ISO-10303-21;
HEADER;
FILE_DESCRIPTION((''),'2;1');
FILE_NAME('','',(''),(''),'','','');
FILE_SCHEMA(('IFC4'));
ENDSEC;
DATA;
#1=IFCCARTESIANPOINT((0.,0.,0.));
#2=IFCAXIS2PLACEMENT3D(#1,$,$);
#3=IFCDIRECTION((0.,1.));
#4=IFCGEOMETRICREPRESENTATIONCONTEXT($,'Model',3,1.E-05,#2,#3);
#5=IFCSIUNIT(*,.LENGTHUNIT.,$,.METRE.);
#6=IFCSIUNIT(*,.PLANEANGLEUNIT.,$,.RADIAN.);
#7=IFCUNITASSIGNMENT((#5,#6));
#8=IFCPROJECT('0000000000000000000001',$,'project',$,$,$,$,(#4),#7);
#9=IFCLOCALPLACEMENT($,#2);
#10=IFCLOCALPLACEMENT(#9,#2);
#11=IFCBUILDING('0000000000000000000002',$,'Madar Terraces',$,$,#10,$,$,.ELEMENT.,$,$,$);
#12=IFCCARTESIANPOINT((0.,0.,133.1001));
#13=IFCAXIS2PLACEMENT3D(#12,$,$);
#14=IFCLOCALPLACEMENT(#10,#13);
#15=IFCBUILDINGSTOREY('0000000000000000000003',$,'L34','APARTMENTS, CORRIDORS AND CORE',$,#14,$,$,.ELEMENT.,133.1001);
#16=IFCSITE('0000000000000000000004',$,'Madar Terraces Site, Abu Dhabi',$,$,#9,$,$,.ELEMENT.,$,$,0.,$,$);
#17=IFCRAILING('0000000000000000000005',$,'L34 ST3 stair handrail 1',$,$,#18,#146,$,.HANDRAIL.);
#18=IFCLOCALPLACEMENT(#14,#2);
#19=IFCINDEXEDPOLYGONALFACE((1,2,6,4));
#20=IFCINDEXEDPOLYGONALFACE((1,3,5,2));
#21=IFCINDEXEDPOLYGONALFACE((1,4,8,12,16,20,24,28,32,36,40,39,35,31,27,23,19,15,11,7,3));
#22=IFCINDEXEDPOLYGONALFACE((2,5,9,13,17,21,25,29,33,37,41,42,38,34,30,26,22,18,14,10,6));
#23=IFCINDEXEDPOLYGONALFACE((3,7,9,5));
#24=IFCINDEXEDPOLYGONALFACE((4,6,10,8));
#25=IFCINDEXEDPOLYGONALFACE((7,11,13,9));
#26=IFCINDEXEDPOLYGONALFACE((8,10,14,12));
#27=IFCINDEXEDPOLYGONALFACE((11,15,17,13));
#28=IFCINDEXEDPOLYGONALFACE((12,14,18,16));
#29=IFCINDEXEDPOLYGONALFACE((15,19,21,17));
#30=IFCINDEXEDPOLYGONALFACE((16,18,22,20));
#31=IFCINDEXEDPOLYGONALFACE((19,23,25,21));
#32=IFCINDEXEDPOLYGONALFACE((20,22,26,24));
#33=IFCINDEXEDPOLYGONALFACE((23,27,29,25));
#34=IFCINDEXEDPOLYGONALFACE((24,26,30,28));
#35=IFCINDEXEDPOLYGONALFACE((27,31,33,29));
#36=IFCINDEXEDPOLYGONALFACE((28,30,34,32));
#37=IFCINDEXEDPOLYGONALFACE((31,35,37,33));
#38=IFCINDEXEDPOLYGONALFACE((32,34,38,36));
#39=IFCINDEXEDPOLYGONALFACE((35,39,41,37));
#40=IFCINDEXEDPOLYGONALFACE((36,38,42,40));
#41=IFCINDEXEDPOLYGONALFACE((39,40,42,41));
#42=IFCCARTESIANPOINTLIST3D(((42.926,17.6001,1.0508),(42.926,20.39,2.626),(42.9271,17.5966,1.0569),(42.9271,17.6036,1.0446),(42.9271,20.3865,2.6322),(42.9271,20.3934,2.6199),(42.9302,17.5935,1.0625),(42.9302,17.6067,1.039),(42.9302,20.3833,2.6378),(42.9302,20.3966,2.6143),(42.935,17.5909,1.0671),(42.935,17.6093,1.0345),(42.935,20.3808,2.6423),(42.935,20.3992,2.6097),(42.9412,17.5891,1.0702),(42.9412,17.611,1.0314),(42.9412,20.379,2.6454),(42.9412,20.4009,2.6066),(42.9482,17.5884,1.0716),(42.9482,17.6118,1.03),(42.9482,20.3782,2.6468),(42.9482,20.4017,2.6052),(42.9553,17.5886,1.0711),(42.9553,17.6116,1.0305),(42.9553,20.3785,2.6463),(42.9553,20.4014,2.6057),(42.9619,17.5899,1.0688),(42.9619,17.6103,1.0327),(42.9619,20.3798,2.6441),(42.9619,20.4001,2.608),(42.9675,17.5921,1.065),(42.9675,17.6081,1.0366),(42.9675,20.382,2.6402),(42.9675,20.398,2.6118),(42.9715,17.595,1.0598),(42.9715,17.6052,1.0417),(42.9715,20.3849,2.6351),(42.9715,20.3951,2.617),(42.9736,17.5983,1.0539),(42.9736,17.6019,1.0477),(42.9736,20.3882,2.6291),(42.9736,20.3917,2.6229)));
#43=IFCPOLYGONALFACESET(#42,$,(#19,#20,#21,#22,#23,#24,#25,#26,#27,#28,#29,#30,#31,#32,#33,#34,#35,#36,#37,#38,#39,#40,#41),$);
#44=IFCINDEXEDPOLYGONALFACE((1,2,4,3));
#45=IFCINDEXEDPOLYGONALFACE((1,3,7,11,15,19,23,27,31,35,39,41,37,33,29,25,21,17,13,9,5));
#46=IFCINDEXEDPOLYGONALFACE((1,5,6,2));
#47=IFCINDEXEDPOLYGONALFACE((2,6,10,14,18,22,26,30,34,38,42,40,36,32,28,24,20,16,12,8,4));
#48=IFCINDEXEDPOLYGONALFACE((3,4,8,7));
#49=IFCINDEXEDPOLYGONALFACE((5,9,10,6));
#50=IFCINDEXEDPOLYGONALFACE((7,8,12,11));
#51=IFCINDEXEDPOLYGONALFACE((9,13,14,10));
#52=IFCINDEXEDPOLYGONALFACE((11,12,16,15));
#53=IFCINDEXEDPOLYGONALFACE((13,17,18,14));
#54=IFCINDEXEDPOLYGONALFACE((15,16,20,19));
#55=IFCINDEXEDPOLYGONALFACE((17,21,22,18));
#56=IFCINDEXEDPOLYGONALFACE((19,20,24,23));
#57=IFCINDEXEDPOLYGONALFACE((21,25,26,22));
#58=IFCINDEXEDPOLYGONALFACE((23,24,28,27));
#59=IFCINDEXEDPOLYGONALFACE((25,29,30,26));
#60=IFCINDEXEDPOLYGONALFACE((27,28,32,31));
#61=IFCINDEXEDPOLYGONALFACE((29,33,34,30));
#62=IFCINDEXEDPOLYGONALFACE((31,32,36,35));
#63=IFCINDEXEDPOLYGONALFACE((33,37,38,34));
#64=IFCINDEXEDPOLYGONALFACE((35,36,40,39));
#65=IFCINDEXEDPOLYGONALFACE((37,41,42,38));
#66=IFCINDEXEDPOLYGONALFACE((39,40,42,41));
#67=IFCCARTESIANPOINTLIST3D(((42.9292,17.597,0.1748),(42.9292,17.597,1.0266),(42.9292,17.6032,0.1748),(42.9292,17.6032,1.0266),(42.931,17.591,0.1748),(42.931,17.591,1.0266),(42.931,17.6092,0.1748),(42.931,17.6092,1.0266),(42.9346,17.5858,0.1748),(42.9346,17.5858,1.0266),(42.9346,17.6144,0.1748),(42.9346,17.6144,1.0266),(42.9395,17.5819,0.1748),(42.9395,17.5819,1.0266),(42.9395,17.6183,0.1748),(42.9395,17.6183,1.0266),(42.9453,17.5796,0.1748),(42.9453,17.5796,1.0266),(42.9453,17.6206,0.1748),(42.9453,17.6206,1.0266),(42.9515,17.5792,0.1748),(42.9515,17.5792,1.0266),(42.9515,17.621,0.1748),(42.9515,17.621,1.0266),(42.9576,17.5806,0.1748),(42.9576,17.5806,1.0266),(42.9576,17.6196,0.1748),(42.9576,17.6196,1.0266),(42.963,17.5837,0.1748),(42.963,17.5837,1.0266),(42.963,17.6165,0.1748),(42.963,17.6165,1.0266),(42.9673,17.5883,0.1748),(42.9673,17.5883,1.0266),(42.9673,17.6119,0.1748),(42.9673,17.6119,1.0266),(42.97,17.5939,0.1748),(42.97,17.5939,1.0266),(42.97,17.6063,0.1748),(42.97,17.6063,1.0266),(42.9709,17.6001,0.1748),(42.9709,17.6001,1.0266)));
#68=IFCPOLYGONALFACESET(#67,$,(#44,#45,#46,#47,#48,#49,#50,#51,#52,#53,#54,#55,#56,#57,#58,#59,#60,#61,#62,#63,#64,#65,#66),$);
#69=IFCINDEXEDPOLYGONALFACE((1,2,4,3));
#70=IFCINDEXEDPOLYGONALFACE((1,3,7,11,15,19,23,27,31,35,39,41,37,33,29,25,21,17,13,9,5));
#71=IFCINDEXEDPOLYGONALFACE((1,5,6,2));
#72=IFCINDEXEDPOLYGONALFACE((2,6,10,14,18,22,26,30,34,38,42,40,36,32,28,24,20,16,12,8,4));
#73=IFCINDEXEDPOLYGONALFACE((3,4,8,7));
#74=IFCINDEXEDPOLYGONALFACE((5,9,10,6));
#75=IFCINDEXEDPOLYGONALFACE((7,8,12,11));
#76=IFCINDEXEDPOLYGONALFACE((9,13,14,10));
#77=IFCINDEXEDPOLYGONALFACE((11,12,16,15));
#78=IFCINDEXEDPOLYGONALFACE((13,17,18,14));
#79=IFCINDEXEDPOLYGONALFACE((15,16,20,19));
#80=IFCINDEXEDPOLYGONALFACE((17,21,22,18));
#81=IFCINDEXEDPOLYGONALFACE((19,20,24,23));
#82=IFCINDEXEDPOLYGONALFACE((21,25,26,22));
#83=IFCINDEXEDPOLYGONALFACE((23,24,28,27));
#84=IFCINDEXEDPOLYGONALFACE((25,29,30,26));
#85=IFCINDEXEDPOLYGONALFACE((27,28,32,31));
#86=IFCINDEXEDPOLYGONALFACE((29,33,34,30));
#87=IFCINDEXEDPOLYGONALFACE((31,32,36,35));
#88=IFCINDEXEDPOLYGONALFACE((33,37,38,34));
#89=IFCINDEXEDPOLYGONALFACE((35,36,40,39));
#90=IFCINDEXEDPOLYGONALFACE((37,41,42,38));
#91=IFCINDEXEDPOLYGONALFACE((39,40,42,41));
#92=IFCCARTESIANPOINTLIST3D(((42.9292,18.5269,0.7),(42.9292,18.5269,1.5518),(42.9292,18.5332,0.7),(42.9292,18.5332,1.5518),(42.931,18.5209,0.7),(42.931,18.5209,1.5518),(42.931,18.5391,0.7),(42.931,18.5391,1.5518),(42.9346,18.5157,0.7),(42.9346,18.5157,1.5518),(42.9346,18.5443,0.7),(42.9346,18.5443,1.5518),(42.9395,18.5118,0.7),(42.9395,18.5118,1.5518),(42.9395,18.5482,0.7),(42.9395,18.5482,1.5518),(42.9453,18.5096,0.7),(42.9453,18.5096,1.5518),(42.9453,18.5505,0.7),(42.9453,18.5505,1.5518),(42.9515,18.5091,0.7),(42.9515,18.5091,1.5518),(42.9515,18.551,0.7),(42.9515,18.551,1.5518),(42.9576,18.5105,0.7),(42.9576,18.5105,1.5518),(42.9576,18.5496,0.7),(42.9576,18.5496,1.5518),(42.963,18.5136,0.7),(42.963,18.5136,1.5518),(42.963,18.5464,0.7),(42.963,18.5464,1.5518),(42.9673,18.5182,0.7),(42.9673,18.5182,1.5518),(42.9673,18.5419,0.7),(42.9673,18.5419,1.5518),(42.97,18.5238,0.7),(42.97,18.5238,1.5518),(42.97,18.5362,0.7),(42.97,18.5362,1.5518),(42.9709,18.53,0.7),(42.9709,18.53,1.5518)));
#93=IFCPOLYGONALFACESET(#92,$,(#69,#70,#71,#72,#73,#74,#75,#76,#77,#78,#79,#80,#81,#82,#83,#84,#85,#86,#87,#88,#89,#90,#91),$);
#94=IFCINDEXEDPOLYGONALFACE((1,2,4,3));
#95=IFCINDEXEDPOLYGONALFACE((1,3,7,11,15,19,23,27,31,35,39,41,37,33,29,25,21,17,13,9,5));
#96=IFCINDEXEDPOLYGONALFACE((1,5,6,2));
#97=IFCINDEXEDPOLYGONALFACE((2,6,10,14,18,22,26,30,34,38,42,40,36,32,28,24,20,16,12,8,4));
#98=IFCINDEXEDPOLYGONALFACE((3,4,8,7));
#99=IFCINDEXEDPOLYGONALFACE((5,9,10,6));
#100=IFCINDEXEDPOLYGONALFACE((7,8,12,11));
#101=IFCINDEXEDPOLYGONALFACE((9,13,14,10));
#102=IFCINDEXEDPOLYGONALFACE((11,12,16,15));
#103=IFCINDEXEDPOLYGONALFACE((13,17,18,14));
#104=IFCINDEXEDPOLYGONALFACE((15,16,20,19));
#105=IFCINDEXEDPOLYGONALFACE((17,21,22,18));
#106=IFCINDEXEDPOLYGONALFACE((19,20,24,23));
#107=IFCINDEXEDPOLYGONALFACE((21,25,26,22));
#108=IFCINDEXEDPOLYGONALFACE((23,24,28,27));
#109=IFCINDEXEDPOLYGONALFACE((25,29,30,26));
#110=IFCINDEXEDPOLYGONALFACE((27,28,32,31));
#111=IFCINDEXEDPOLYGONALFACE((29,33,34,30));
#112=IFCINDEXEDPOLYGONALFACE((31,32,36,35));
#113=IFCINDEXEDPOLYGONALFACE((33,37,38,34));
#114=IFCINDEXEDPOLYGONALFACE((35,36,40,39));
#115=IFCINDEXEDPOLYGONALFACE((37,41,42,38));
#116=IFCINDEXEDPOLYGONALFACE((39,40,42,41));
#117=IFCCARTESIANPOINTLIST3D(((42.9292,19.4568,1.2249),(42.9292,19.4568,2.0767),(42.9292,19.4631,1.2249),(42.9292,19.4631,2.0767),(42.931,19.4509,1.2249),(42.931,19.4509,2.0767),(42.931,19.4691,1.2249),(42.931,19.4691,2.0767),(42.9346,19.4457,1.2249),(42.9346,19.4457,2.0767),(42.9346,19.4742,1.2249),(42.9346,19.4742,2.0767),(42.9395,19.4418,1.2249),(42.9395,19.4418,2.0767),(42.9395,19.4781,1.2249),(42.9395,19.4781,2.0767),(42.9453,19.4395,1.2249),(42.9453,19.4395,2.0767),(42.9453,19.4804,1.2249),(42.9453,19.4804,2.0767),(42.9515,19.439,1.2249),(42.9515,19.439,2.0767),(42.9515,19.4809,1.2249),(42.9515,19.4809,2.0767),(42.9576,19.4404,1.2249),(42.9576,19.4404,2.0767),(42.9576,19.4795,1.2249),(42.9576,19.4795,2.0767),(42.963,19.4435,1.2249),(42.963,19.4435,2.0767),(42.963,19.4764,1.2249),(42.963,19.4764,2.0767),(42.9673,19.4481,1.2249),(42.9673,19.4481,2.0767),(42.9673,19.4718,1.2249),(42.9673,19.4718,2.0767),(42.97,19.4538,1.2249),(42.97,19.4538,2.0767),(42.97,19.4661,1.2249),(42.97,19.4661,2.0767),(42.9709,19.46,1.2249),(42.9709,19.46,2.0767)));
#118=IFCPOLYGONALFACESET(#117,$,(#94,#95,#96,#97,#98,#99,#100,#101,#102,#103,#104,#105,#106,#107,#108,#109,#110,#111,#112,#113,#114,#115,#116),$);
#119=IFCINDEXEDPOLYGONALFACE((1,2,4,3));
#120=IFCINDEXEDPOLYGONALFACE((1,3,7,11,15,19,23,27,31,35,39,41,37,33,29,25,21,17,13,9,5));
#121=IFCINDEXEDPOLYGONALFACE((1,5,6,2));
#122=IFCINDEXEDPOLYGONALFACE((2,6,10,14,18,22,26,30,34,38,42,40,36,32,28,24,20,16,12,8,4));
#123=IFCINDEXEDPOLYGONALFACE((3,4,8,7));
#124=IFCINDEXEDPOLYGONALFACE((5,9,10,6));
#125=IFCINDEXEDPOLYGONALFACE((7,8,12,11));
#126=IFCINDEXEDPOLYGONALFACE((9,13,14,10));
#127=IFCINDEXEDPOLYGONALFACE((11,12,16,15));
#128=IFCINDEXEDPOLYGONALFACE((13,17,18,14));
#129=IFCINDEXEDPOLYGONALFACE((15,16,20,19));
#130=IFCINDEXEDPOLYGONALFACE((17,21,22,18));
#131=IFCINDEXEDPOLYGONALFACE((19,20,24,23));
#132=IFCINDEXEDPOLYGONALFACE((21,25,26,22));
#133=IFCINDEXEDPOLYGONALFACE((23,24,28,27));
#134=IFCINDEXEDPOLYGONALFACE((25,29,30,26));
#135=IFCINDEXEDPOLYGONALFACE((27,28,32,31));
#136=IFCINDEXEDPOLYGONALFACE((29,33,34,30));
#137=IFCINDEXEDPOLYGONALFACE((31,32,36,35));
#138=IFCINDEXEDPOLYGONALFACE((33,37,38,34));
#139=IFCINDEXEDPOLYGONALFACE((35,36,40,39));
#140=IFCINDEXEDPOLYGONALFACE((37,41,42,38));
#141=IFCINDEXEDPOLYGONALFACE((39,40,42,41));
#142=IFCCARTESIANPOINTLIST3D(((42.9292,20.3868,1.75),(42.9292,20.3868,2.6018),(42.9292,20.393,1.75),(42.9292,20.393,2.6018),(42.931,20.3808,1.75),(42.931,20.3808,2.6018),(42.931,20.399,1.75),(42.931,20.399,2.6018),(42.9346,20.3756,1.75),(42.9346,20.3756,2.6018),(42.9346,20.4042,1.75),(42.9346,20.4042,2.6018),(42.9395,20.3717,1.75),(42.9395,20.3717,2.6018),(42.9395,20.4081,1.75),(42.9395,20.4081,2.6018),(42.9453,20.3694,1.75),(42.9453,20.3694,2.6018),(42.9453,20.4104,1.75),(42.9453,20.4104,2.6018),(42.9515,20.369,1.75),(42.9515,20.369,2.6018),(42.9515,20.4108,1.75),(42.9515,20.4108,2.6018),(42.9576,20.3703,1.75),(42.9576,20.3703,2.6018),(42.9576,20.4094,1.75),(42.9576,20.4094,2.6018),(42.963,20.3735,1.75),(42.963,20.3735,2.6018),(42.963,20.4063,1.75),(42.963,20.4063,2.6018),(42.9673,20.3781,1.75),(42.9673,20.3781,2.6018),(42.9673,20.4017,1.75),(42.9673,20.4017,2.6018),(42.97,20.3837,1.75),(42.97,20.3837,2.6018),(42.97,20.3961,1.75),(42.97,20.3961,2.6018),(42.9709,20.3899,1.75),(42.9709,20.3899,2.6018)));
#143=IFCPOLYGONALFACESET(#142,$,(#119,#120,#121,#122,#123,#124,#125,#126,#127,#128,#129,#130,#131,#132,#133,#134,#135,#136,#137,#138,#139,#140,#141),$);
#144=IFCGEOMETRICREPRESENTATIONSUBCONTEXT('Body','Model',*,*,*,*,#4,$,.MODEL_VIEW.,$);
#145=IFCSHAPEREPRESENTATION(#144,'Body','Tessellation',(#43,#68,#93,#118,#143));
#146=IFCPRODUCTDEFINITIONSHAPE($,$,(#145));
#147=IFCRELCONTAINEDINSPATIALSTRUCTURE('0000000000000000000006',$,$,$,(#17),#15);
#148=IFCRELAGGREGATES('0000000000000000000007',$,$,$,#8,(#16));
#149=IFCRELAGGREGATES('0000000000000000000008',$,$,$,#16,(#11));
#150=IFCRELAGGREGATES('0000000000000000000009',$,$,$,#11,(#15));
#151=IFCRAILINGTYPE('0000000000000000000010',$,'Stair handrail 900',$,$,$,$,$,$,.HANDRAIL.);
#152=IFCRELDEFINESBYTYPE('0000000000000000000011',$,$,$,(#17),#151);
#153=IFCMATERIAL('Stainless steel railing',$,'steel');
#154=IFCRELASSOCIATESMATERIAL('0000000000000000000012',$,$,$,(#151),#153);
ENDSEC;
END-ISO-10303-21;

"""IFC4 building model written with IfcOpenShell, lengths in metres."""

from ifc_helpers import new_model, si_unit, direction, frame, origin, origin_2d, place, context, subcontext, project, spatial, circle, extrude, material, type_object, element, save


model = new_model("IFC4")

# Units and contexts
model_context = context("Model", 3, precision=1e-05, world=origin(), true_north=direction((0.0, 1.0)))
body_context = subcontext(model_context, "Body", "Model", "MODEL_VIEW")
ifc_project = project(units=[si_unit("LENGTHUNIT", "METRE"), si_unit("PLANEANGLEUNIT", "RADIAN")], contexts=[model_context])

# Site, building, storey
site_placement = place(None, origin())
site = spatial("IfcSite", under=ifc_project, at=site_placement, Name="Madar Terraces Site, Abu Dhabi", CompositionType="ELEMENT", RefElevation=0.0)
building_placement = place(site_placement, origin())
building = spatial("IfcBuilding", under=site, at=building_placement, Name="Madar Terraces", CompositionType="ELEMENT")
storey_placement = place(building_placement, frame((0.0, 0.0, 133.1001)))
storey = spatial("IfcBuildingStorey", under=building, at=storey_placement, Name="L34", Description="APARTMENTS, CORRIDORS AND CORE", CompositionType="ELEMENT", Elevation=133.1001)

# Railing
ifc_material_1 = material(Name="Stainless steel railing", Category="steel")
railing_type_1 = type_object("IfcRailingType", Name="Stair handrail 900", PredefinedType="HANDRAIL", material=ifc_material_1)
railing_1_placement = place(storey_placement, frame((42.95, 17.6001, 0.1748)))
element("IfcRailing", 1, at=railing_1_placement, inside=storey, type_object=railing_type_1, Name="L34 ST3 stair handrail 1", PredefinedType="HANDRAIL", context=body_context, shape_type="SweptSolid", body=[
    extrude(circle(Radius=0.0239, at=origin_2d()), frame((0.0, 0.0, 0.876), z_axis=(0.0, 0.870783, 0.491668), x_axis=(-1.0, 0.0, 0.0)), (0.0, 0.0, 1.0), 3.2039),
    extrude(circle(Radius=0.021, at=origin_2d()), origin(), (0.0, 0.0, 1.0), 0.8518),
    extrude(circle(Radius=0.021, at=origin_2d()), frame((0.0, 0.9299, 0.5251)), (0.0, 0.0, 1.0), 0.8518),
    extrude(circle(Radius=0.021, at=origin_2d()), frame((0.0, 1.8599, 1.05)), (0.0, 0.0, 1.0), 0.8518),
    extrude(circle(Radius=0.021, at=origin_2d()), frame((0.0, 2.7898, 1.5752)), (0.0, 0.0, 1.0), 0.8518),
])

save(model, "model.ifc")
